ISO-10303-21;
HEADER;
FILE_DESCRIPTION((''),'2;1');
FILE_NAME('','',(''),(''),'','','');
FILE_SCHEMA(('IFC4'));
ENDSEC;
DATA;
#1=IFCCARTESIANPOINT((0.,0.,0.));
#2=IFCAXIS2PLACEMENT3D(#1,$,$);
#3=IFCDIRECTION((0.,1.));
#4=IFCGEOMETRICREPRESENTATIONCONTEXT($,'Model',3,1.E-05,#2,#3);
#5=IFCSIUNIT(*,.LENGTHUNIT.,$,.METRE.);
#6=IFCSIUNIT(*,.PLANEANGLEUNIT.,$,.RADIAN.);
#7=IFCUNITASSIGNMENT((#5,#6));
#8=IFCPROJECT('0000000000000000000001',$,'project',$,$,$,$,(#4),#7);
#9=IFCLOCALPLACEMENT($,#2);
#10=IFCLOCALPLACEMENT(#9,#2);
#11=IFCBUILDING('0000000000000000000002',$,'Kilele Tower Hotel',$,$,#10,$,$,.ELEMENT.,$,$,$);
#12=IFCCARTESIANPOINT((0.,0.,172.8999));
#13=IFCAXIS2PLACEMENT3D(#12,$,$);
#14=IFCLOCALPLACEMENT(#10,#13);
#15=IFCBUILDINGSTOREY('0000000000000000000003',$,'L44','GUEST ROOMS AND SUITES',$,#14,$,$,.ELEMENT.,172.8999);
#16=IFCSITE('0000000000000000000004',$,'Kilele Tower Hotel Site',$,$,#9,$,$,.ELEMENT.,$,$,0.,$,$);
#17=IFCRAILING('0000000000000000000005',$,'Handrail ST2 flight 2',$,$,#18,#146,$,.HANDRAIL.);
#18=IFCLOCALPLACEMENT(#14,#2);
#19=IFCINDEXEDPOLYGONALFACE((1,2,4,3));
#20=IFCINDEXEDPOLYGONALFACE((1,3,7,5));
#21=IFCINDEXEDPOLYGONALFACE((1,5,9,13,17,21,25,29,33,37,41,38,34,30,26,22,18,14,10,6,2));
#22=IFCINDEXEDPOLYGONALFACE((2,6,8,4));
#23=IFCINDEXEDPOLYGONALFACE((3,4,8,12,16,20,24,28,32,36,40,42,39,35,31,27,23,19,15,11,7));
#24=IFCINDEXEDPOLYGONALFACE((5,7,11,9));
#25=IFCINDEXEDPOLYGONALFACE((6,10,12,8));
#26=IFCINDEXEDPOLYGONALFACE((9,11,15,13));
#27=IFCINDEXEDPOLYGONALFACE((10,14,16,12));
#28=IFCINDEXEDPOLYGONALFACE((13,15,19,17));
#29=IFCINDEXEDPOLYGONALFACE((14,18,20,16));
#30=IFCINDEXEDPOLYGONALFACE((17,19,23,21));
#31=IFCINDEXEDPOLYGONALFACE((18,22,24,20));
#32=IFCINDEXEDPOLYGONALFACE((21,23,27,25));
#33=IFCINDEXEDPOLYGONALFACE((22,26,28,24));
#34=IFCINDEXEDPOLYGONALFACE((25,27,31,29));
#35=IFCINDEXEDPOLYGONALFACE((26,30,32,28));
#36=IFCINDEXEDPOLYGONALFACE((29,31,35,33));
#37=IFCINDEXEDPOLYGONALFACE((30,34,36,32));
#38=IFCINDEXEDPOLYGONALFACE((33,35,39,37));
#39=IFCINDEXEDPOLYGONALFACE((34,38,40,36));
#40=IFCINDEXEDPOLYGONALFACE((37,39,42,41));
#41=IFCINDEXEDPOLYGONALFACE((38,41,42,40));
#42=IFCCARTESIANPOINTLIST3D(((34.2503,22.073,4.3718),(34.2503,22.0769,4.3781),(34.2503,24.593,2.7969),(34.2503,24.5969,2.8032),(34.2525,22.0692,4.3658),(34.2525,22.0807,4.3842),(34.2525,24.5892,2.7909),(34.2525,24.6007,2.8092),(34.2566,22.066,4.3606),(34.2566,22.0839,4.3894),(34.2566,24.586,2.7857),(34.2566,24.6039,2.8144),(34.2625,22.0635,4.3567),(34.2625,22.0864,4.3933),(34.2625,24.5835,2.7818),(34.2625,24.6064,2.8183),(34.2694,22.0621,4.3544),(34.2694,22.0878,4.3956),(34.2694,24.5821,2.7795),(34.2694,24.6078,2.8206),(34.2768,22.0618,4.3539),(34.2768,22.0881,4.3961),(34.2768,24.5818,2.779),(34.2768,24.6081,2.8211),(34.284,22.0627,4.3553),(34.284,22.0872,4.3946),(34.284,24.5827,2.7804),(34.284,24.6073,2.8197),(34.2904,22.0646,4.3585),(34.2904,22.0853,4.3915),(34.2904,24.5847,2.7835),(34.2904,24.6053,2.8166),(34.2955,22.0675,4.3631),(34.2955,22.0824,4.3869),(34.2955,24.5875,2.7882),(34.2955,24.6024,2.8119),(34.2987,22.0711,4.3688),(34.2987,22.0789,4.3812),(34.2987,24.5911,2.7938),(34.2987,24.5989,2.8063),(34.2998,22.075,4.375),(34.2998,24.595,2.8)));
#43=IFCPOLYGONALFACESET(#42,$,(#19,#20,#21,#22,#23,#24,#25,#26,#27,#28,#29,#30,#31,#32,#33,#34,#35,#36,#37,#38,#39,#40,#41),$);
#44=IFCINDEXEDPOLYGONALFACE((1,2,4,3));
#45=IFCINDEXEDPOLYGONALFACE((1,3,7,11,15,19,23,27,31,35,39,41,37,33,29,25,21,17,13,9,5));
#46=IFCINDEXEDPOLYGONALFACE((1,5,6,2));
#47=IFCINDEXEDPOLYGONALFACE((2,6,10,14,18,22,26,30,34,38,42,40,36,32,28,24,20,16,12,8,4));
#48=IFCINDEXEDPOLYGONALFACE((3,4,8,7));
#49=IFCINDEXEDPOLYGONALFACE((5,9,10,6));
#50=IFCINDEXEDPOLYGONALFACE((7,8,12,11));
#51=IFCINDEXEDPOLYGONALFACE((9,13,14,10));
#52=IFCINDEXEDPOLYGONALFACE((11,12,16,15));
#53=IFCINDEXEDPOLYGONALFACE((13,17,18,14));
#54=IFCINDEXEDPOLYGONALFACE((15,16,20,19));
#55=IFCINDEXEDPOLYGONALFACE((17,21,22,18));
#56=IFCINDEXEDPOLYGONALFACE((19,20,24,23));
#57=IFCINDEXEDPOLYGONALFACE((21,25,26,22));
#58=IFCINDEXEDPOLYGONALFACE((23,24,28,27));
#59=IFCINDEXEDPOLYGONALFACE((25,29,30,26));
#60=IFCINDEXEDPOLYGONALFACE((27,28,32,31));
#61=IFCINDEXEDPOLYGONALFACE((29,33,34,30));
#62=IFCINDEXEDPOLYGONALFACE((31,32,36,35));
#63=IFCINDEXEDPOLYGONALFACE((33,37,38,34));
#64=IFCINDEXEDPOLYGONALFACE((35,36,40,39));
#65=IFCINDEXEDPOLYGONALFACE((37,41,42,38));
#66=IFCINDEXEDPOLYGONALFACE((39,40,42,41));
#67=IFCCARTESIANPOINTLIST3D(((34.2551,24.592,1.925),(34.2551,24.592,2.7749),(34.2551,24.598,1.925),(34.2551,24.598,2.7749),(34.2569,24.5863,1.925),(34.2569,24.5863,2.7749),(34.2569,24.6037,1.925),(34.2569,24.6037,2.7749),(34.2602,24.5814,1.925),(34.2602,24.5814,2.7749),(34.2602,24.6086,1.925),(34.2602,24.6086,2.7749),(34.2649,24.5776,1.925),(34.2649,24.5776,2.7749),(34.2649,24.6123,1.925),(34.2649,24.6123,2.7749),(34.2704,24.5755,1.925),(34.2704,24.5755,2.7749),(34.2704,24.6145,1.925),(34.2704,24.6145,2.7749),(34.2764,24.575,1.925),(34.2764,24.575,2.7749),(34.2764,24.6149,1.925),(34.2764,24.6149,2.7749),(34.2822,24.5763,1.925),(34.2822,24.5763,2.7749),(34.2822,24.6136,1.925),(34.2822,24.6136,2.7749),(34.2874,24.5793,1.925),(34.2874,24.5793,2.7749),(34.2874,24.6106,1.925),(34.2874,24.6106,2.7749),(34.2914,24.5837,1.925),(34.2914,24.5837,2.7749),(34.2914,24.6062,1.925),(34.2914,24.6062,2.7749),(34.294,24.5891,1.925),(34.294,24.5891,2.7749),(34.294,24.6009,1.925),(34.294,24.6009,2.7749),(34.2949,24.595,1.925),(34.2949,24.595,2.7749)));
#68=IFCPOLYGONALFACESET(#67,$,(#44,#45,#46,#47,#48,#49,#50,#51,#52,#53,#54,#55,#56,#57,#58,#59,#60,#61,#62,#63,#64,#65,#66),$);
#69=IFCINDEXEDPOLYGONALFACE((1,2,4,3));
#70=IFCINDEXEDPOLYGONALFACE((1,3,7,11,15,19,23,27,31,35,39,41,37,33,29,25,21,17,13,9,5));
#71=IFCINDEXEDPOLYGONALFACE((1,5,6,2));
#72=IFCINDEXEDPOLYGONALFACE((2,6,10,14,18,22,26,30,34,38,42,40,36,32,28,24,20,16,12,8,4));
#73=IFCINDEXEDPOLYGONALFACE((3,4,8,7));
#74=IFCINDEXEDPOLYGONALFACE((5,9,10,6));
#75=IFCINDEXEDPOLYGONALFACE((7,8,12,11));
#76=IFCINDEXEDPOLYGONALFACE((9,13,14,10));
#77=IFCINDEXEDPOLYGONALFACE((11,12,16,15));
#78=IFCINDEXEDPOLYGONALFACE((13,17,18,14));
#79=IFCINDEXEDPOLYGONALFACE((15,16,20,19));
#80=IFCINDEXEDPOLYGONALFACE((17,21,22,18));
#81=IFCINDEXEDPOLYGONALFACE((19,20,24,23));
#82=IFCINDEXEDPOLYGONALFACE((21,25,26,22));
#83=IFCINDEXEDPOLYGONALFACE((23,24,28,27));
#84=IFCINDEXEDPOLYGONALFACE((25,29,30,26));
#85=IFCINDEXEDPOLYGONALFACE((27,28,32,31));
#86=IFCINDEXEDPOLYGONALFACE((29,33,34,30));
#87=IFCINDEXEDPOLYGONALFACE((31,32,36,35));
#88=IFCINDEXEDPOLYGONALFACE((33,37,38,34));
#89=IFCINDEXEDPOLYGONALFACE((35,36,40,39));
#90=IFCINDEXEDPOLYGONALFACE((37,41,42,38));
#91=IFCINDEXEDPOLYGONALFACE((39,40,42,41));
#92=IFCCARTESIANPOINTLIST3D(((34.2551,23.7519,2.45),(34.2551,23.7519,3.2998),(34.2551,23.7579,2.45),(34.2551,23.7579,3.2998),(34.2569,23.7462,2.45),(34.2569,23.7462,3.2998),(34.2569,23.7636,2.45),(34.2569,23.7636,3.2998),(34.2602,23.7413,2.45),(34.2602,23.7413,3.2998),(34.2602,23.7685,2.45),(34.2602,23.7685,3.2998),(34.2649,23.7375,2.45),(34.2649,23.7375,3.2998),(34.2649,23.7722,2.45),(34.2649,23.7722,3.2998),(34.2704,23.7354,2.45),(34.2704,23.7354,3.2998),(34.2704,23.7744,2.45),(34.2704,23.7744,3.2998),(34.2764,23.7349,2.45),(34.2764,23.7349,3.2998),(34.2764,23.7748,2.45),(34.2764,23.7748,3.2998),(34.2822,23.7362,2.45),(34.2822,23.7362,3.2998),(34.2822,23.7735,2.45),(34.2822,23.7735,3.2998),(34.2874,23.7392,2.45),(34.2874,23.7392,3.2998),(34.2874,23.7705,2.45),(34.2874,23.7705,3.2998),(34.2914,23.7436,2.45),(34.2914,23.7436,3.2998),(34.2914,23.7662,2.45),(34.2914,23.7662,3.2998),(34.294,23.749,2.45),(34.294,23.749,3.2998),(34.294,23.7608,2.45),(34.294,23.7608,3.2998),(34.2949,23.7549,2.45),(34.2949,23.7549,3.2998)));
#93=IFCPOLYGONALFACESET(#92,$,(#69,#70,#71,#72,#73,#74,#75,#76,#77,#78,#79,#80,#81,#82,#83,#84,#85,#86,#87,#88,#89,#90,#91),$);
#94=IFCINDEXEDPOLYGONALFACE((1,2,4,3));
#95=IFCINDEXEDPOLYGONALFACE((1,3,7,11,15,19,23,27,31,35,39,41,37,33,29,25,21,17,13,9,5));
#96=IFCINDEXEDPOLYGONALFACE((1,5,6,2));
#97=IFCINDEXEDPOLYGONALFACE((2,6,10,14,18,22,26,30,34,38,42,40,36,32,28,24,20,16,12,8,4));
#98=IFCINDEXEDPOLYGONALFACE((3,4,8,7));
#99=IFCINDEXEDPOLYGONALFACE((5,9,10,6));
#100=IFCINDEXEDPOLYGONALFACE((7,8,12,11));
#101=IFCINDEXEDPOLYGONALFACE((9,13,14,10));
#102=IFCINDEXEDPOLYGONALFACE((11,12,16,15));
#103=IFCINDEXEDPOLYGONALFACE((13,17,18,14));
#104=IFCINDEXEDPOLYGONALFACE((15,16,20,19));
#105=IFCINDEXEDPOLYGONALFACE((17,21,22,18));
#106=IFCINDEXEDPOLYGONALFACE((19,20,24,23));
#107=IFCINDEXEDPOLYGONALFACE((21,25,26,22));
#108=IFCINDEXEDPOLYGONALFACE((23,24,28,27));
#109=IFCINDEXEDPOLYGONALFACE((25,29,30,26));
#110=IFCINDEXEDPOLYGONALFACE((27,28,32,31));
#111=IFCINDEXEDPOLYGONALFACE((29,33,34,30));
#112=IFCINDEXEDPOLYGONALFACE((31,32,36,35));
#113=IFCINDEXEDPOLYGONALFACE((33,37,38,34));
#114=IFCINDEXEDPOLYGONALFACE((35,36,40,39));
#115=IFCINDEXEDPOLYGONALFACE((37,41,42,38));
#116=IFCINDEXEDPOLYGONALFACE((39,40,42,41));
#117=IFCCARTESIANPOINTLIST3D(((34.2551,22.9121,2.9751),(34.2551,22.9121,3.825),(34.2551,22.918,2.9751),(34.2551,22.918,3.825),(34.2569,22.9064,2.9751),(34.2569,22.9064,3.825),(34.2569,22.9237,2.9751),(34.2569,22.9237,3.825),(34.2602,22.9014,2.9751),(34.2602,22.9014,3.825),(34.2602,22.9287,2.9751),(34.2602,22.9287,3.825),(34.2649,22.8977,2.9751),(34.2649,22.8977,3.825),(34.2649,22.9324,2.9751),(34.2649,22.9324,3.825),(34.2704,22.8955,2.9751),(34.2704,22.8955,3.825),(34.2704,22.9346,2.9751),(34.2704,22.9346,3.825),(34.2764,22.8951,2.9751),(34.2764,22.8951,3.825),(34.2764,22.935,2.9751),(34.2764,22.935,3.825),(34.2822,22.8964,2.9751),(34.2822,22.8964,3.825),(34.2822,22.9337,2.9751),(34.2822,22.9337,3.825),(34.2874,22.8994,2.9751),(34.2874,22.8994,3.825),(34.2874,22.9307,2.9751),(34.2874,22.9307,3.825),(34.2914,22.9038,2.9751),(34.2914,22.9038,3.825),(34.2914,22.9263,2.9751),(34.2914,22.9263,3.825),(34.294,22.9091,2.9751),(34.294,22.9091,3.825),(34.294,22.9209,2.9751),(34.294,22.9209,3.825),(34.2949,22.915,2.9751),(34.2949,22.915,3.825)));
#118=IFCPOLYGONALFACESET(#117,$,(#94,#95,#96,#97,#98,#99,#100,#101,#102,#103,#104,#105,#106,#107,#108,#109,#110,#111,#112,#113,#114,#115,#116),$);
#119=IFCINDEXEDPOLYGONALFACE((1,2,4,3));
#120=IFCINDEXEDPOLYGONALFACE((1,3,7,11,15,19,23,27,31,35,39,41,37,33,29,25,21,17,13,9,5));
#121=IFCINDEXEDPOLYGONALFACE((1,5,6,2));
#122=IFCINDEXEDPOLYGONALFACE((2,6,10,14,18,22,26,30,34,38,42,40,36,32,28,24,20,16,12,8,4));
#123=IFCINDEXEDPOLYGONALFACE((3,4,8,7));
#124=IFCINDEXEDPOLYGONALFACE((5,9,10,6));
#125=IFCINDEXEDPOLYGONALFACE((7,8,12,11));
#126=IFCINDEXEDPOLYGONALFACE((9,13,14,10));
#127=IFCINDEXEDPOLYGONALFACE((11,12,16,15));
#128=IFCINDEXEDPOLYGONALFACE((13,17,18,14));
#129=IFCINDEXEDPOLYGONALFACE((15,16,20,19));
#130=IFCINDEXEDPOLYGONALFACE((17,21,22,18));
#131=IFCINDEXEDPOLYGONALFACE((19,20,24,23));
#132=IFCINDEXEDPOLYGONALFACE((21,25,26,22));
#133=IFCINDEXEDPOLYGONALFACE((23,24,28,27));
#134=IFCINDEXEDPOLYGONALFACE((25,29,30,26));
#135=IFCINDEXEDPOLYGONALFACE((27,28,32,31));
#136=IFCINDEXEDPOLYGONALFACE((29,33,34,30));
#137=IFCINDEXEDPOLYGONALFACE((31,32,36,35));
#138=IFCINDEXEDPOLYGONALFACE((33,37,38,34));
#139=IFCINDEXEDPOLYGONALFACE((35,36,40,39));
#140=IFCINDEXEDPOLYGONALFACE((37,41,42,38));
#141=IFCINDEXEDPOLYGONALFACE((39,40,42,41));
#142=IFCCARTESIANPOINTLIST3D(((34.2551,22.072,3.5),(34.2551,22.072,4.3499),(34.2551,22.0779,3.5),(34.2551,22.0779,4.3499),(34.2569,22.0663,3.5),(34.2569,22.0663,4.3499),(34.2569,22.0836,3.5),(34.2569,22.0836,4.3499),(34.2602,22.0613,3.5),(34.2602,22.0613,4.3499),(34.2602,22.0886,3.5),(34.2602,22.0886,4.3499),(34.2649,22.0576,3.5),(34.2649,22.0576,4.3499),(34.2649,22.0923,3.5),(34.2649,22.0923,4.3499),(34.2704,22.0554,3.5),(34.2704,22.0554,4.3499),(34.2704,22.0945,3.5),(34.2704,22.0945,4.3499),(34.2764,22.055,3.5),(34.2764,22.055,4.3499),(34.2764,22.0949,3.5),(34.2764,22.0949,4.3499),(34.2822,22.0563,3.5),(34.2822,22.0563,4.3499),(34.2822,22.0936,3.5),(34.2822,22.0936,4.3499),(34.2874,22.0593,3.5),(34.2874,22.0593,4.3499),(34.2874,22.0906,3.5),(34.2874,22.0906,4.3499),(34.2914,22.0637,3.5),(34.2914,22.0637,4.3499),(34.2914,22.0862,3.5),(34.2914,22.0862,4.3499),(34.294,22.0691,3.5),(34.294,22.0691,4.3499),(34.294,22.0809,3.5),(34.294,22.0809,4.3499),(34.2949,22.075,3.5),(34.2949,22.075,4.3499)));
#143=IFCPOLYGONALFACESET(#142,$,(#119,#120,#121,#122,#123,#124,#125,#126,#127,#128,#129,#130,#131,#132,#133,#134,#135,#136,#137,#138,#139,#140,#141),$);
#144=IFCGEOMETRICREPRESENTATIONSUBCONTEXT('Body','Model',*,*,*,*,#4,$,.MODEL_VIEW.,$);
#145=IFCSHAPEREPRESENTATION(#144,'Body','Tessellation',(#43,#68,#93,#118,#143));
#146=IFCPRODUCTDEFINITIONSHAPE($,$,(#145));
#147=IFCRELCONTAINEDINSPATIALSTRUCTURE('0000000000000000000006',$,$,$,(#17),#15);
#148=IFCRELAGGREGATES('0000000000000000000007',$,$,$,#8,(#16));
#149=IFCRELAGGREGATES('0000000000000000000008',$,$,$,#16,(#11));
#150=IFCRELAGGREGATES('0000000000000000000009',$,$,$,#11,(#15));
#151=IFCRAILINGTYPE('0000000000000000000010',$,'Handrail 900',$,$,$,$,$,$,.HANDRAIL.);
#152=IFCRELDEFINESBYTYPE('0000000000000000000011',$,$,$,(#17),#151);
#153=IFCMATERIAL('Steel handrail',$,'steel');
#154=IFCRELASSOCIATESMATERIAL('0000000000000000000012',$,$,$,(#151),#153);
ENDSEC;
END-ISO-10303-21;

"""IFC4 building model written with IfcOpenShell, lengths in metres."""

from ifc_helpers import new_model, si_unit, direction, frame, origin, origin_2d, place, context, subcontext, project, spatial, circle, extrude, material, type_object, element, save


model = new_model("IFC4")

# Units and contexts
model_context = context("Model", 3, precision=1e-05, world=origin(), true_north=direction((0.0, 1.0)))
body_context = subcontext(model_context, "Body", "Model", "MODEL_VIEW")
ifc_project = project(units=[si_unit("LENGTHUNIT", "METRE"), si_unit("PLANEANGLEUNIT", "RADIAN")], contexts=[model_context])

# Site, building, storey
site_placement = place(None, origin())
site = spatial("IfcSite", under=ifc_project, at=site_placement, Name="Kilele Tower Hotel Site", CompositionType="ELEMENT", RefElevation=0.0)
building_placement = place(site_placement, origin())
building = spatial("IfcBuilding", under=site, at=building_placement, Name="Kilele Tower Hotel", CompositionType="ELEMENT")
storey_placement = place(building_placement, frame((0.0, 0.0, 172.8999)))
storey = spatial("IfcBuildingStorey", under=building, at=storey_placement, Name="L44", Description="GUEST ROOMS AND SUITES", CompositionType="ELEMENT", Elevation=172.8999)

# Railing
ifc_material_1 = material(Name="Steel handrail", Category="steel")
railing_type_1 = type_object("IfcRailingType", Name="Handrail 900", PredefinedType="HANDRAIL", material=ifc_material_1)
for number, where, name in (
    (1, (34.2749, 24.595, 1.925), "Handrail ST2 flight 2"),
):
    element("IfcRailing", number, at=place(storey_placement, frame(where)), inside=storey, type_object=railing_type_1, Name=name, PredefinedType="HANDRAIL", context=body_context, shape_type="SweptSolid", body=[
        extrude(circle(Radius=0.0249, at=origin_2d()), frame((0.0, 0.0, 0.875), z_axis=(0.0, -0.848008, 0.529984), x_axis=(1.0, 0.0, 0.0)), (0.0, 0.0, 1.0), 2.9717),
        extrude(circle(Radius=0.02, at=origin_2d()), origin(), (0.0, 0.0, 1.0), 0.8499),
        extrude(circle(Radius=0.02, at=origin_2d()), frame((0.0, -0.8401, 0.5249)), (0.0, 0.0, 1.0), 0.8499),
        extrude(circle(Radius=0.02, at=origin_2d()), frame((0.0, -1.6799, 1.05)), (0.0, 0.0, 1.0), 0.8499),
        extrude(circle(Radius=0.02, at=origin_2d()), frame((0.0, -2.52, 1.575)), (0.0, 0.0, 1.0), 0.8499),
    ])

save(model, "model.ifc")
